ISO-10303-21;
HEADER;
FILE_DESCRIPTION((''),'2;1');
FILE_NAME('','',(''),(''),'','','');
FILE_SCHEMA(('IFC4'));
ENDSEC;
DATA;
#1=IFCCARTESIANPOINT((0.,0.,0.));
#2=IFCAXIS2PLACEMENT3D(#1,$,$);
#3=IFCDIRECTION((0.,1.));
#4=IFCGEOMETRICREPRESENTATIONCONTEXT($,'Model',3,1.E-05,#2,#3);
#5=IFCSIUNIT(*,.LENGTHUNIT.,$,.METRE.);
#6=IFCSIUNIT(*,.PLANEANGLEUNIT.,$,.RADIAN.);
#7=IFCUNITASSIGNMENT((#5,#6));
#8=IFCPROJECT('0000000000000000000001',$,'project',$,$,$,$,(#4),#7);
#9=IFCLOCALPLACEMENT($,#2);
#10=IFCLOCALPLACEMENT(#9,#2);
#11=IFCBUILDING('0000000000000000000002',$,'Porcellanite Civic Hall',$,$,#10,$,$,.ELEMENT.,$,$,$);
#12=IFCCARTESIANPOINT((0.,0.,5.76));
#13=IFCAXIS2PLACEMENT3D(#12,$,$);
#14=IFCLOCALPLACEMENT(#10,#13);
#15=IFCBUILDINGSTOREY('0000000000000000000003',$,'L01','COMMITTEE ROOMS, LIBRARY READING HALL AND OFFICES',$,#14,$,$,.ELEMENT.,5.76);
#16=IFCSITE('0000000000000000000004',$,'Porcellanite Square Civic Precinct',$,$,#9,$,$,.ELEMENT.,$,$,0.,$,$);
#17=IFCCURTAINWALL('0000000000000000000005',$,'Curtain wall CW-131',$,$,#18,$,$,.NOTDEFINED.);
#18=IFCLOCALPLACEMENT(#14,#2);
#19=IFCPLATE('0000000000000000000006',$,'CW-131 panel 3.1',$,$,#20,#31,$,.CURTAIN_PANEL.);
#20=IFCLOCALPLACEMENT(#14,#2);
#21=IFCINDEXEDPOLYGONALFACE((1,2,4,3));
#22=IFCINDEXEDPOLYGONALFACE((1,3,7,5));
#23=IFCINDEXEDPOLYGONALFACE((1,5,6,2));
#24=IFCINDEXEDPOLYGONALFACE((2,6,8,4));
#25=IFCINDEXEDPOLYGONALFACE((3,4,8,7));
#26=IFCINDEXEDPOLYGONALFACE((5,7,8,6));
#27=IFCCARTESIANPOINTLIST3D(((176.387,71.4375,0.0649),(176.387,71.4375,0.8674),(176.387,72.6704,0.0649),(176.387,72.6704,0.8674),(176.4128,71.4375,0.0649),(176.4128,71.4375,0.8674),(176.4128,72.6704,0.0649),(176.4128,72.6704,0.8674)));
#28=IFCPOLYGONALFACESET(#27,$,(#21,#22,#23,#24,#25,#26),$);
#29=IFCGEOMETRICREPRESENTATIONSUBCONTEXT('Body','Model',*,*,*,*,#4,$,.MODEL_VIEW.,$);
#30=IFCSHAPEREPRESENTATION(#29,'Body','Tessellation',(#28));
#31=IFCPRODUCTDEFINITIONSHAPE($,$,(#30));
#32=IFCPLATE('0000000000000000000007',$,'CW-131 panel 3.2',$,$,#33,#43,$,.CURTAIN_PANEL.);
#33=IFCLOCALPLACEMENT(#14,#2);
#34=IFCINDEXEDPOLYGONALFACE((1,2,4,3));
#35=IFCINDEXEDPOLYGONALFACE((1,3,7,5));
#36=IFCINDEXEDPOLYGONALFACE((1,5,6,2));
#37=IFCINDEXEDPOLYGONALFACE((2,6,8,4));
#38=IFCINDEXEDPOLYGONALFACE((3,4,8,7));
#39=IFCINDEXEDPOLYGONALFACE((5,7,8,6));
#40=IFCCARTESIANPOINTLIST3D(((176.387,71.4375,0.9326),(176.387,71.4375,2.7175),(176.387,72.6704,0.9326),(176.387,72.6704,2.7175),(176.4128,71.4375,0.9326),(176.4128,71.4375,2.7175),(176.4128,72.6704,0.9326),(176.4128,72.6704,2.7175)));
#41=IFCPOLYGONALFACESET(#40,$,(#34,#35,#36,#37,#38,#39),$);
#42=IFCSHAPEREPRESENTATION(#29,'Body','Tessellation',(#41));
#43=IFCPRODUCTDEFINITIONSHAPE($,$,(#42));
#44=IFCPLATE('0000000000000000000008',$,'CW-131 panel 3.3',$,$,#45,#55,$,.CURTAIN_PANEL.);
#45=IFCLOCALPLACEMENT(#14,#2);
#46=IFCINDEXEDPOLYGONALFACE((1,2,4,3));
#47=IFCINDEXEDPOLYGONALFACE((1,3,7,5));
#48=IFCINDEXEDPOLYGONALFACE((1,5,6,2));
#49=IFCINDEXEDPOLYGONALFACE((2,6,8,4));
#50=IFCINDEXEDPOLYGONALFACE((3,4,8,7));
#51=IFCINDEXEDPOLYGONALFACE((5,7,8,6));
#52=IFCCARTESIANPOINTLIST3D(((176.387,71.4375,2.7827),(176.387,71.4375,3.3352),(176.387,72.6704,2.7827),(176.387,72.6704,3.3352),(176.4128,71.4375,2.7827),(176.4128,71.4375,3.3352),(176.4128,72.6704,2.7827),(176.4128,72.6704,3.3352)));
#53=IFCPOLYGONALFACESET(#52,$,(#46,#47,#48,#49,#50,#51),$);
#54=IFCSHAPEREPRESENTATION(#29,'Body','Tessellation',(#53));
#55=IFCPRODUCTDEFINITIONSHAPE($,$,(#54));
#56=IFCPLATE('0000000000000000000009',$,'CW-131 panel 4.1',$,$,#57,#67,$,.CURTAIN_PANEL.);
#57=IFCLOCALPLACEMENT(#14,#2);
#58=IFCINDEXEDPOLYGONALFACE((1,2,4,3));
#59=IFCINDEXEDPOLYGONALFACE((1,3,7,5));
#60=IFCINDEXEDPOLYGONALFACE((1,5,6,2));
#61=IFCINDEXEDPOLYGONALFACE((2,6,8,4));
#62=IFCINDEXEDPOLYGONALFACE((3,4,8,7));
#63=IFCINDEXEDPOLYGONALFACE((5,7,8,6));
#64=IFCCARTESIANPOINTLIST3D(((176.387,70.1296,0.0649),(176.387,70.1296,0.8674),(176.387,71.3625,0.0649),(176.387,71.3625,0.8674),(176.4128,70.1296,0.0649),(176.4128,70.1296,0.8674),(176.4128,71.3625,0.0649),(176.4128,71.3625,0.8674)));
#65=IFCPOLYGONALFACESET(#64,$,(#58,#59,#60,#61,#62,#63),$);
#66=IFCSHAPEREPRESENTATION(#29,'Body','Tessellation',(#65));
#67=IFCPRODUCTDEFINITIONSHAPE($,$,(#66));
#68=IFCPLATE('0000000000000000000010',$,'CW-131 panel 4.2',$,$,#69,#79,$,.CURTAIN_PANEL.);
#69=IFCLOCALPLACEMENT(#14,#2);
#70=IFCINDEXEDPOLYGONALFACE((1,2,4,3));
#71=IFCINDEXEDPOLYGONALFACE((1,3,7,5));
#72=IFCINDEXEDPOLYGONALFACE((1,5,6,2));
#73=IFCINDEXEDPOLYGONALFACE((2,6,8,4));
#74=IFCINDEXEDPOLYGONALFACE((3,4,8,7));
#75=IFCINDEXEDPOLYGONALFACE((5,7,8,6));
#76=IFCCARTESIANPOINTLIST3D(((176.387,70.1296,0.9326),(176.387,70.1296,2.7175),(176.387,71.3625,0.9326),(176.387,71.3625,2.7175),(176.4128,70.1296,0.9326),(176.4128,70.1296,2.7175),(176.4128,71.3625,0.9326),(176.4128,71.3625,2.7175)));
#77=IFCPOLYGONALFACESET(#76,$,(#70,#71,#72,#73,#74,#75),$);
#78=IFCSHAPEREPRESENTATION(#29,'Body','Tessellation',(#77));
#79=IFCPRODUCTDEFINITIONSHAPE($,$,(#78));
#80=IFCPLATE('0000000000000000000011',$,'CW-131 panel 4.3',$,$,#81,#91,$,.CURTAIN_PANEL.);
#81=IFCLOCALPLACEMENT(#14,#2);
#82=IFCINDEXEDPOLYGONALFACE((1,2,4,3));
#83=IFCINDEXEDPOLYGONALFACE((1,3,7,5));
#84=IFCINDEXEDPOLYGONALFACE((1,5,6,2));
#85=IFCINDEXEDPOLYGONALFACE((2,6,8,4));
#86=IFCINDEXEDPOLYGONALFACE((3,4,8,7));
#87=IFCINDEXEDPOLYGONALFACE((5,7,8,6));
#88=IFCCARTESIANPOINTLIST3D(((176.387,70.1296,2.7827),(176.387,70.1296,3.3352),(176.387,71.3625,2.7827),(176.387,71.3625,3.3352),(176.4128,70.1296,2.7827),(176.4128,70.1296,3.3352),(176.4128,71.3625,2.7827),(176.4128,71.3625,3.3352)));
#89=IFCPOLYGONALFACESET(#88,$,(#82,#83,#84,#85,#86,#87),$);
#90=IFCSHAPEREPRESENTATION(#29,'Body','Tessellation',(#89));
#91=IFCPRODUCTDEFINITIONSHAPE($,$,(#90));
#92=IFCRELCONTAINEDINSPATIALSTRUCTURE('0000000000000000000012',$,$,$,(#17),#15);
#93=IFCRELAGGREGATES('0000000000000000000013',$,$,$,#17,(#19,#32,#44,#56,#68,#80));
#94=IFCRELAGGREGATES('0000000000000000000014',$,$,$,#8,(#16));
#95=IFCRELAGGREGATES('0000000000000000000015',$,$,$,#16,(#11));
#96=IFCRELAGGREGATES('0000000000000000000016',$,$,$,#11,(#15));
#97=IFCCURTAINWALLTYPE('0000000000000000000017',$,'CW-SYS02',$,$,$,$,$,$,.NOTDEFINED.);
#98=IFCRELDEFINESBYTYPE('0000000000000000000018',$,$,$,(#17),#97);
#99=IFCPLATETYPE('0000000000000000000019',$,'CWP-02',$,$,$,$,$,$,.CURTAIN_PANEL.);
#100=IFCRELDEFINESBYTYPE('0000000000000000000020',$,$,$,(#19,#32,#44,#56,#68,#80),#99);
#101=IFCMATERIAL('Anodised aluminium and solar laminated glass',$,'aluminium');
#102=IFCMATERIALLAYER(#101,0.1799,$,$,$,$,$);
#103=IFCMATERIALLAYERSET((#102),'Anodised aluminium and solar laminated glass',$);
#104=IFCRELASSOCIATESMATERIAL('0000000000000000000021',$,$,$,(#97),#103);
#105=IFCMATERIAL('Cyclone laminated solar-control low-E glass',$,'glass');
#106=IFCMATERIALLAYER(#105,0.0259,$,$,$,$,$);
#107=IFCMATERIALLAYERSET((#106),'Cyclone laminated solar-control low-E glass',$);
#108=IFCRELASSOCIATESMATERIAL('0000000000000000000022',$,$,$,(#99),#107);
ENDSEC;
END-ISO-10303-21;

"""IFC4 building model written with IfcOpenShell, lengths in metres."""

from ifc_helpers import new_model, si_unit, direction, frame, origin, origin_2d, place, context, subcontext, project, spatial, rectangle, extrude, material, layer, layer_set, type_object, element, aggregate, save


model = new_model("IFC4")

# Units and contexts
model_context = context("Model", 3, precision=1e-05, world=origin(), true_north=direction((0.0, 1.0)))
body_context = subcontext(model_context, "Body", "Model", "MODEL_VIEW")
ifc_project = project(units=[si_unit("LENGTHUNIT", "METRE"), si_unit("PLANEANGLEUNIT", "RADIAN")], contexts=[model_context])

# Site, building, storey
site_placement = place(None, origin())
site = spatial("IfcSite", under=ifc_project, at=site_placement, Name="Porcellanite Square Civic Precinct", CompositionType="ELEMENT", RefElevation=0.0)
building_placement = place(site_placement, origin())
building = spatial("IfcBuilding", under=site, at=building_placement, Name="Porcellanite Civic Hall", CompositionType="ELEMENT")
storey_placement = place(building_placement, frame((0.0, 0.0, 5.76)))
storey = spatial("IfcBuildingStorey", under=building, at=storey_placement, Name="L01", Description="COMMITTEE ROOMS, LIBRARY READING HALL AND OFFICES", CompositionType="ELEMENT", Elevation=5.76)

# Curtain wall
ifc_material_1 = material(Name="Anodised aluminium and solar laminated glass", Category="aluminium")
ifc_layer_1 = layer(ifc_material_1, 0.1799)
ifc_layer_set_1 = layer_set([ifc_layer_1], Name="Anodised aluminium and solar laminated glass")
curtain_wall_type = type_object("IfcCurtainWallType", Name="CW-SYS02", PredefinedType="NOTDEFINED", material=ifc_layer_set_1)
curtain_wall_placement = place(storey_placement, origin())
curtain_wall = element("IfcCurtainWall", 1, at=curtain_wall_placement, inside=storey, type_object=curtain_wall_type, Name="Curtain wall CW-131", PredefinedType="NOTDEFINED")

# Plates
ifc_material_2 = material(Name="Cyclone laminated solar-control low-E glass", Category="glass")
ifc_layer_2 = layer(ifc_material_2, 0.0259)
ifc_layer_set_2 = layer_set([ifc_layer_2], Name="Cyclone laminated solar-control low-E glass")
plate_type = type_object("IfcPlateType", Name="CWP-02", PredefinedType="CURTAIN_PANEL", material=ifc_layer_set_2)
plate_1_placement = place(storey_placement, frame((176.3999, 72.054, 0.0649), z_axis=(0.0, 0.0, 1.0), x_axis=(0.0, -1.0, 0.0)))
plate_1 = element("IfcPlate", 2, at=plate_1_placement, type_object=plate_type, Name="CW-131 panel 3.1", PredefinedType="CURTAIN_PANEL", context=body_context, shape_type="SweptSolid", body=[
    extrude(rectangle(XDim=1.2329, YDim=0.0259, at=origin_2d()), origin(), (0.0, 0.0, 1.0), 0.8025),
])
plate_2_placement = place(storey_placement, frame((176.3999, 72.054, 0.9326), z_axis=(0.0, 0.0, 1.0), x_axis=(0.0, -1.0, 0.0)))
plate_2 = element("IfcPlate", 3, at=plate_2_placement, type_object=plate_type, Name="CW-131 panel 3.2", PredefinedType="CURTAIN_PANEL", context=body_context, shape_type="SweptSolid", body=[
    extrude(rectangle(XDim=1.2329, YDim=0.0259, at=origin_2d()), origin(), (0.0, 0.0, 1.0), 1.7849),
])
plate_3_placement = place(storey_placement, frame((176.3999, 72.054, 2.7827), z_axis=(0.0, 0.0, 1.0), x_axis=(0.0, -1.0, 0.0)))
plate_3 = element("IfcPlate", 4, at=plate_3_placement, type_object=plate_type, Name="CW-131 panel 3.3", PredefinedType="CURTAIN_PANEL", context=body_context, shape_type="SweptSolid", body=[
    extrude(rectangle(XDim=1.2329, YDim=0.0259, at=origin_2d()), origin(), (0.0, 0.0, 1.0), 0.5525),
])
plate_4_placement = place(storey_placement, frame((176.3999, 70.7461, 0.0649), z_axis=(0.0, 0.0, 1.0), x_axis=(0.0, -1.0, 0.0)))
plate_4 = element("IfcPlate", 5, at=plate_4_placement, type_object=plate_type, Name="CW-131 panel 4.1", PredefinedType="CURTAIN_PANEL", context=body_context, shape_type="SweptSolid", body=[
    extrude(rectangle(XDim=1.2329, YDim=0.0259, at=origin_2d()), origin(), (0.0, 0.0, 1.0), 0.8025),
])
plate_5_placement = place(storey_placement, frame((176.3999, 70.7461, 0.9326), z_axis=(0.0, 0.0, 1.0), x_axis=(0.0, -1.0, 0.0)))
plate_5 = element("IfcPlate", 6, at=plate_5_placement, type_object=plate_type, Name="CW-131 panel 4.2", PredefinedType="CURTAIN_PANEL", context=body_context, shape_type="SweptSolid", body=[
    extrude(rectangle(XDim=1.2329, YDim=0.0259, at=origin_2d()), origin(), (0.0, 0.0, 1.0), 1.7849),
])
plate_6_placement = place(storey_placement, frame((176.3999, 70.7461, 2.7827), z_axis=(0.0, 0.0, 1.0), x_axis=(0.0, -1.0, 0.0)))
plate_6 = element("IfcPlate", 7, at=plate_6_placement, type_object=plate_type, Name="CW-131 panel 4.3", PredefinedType="CURTAIN_PANEL", context=body_context, shape_type="SweptSolid", body=[
    extrude(rectangle(XDim=1.2329, YDim=0.0259, at=origin_2d()), origin(), (0.0, 0.0, 1.0), 0.5525),
])
aggregate(curtain_wall, [plate_1, plate_2, plate_3, plate_4, plate_5, plate_6])

save(model, "model.ifc")
